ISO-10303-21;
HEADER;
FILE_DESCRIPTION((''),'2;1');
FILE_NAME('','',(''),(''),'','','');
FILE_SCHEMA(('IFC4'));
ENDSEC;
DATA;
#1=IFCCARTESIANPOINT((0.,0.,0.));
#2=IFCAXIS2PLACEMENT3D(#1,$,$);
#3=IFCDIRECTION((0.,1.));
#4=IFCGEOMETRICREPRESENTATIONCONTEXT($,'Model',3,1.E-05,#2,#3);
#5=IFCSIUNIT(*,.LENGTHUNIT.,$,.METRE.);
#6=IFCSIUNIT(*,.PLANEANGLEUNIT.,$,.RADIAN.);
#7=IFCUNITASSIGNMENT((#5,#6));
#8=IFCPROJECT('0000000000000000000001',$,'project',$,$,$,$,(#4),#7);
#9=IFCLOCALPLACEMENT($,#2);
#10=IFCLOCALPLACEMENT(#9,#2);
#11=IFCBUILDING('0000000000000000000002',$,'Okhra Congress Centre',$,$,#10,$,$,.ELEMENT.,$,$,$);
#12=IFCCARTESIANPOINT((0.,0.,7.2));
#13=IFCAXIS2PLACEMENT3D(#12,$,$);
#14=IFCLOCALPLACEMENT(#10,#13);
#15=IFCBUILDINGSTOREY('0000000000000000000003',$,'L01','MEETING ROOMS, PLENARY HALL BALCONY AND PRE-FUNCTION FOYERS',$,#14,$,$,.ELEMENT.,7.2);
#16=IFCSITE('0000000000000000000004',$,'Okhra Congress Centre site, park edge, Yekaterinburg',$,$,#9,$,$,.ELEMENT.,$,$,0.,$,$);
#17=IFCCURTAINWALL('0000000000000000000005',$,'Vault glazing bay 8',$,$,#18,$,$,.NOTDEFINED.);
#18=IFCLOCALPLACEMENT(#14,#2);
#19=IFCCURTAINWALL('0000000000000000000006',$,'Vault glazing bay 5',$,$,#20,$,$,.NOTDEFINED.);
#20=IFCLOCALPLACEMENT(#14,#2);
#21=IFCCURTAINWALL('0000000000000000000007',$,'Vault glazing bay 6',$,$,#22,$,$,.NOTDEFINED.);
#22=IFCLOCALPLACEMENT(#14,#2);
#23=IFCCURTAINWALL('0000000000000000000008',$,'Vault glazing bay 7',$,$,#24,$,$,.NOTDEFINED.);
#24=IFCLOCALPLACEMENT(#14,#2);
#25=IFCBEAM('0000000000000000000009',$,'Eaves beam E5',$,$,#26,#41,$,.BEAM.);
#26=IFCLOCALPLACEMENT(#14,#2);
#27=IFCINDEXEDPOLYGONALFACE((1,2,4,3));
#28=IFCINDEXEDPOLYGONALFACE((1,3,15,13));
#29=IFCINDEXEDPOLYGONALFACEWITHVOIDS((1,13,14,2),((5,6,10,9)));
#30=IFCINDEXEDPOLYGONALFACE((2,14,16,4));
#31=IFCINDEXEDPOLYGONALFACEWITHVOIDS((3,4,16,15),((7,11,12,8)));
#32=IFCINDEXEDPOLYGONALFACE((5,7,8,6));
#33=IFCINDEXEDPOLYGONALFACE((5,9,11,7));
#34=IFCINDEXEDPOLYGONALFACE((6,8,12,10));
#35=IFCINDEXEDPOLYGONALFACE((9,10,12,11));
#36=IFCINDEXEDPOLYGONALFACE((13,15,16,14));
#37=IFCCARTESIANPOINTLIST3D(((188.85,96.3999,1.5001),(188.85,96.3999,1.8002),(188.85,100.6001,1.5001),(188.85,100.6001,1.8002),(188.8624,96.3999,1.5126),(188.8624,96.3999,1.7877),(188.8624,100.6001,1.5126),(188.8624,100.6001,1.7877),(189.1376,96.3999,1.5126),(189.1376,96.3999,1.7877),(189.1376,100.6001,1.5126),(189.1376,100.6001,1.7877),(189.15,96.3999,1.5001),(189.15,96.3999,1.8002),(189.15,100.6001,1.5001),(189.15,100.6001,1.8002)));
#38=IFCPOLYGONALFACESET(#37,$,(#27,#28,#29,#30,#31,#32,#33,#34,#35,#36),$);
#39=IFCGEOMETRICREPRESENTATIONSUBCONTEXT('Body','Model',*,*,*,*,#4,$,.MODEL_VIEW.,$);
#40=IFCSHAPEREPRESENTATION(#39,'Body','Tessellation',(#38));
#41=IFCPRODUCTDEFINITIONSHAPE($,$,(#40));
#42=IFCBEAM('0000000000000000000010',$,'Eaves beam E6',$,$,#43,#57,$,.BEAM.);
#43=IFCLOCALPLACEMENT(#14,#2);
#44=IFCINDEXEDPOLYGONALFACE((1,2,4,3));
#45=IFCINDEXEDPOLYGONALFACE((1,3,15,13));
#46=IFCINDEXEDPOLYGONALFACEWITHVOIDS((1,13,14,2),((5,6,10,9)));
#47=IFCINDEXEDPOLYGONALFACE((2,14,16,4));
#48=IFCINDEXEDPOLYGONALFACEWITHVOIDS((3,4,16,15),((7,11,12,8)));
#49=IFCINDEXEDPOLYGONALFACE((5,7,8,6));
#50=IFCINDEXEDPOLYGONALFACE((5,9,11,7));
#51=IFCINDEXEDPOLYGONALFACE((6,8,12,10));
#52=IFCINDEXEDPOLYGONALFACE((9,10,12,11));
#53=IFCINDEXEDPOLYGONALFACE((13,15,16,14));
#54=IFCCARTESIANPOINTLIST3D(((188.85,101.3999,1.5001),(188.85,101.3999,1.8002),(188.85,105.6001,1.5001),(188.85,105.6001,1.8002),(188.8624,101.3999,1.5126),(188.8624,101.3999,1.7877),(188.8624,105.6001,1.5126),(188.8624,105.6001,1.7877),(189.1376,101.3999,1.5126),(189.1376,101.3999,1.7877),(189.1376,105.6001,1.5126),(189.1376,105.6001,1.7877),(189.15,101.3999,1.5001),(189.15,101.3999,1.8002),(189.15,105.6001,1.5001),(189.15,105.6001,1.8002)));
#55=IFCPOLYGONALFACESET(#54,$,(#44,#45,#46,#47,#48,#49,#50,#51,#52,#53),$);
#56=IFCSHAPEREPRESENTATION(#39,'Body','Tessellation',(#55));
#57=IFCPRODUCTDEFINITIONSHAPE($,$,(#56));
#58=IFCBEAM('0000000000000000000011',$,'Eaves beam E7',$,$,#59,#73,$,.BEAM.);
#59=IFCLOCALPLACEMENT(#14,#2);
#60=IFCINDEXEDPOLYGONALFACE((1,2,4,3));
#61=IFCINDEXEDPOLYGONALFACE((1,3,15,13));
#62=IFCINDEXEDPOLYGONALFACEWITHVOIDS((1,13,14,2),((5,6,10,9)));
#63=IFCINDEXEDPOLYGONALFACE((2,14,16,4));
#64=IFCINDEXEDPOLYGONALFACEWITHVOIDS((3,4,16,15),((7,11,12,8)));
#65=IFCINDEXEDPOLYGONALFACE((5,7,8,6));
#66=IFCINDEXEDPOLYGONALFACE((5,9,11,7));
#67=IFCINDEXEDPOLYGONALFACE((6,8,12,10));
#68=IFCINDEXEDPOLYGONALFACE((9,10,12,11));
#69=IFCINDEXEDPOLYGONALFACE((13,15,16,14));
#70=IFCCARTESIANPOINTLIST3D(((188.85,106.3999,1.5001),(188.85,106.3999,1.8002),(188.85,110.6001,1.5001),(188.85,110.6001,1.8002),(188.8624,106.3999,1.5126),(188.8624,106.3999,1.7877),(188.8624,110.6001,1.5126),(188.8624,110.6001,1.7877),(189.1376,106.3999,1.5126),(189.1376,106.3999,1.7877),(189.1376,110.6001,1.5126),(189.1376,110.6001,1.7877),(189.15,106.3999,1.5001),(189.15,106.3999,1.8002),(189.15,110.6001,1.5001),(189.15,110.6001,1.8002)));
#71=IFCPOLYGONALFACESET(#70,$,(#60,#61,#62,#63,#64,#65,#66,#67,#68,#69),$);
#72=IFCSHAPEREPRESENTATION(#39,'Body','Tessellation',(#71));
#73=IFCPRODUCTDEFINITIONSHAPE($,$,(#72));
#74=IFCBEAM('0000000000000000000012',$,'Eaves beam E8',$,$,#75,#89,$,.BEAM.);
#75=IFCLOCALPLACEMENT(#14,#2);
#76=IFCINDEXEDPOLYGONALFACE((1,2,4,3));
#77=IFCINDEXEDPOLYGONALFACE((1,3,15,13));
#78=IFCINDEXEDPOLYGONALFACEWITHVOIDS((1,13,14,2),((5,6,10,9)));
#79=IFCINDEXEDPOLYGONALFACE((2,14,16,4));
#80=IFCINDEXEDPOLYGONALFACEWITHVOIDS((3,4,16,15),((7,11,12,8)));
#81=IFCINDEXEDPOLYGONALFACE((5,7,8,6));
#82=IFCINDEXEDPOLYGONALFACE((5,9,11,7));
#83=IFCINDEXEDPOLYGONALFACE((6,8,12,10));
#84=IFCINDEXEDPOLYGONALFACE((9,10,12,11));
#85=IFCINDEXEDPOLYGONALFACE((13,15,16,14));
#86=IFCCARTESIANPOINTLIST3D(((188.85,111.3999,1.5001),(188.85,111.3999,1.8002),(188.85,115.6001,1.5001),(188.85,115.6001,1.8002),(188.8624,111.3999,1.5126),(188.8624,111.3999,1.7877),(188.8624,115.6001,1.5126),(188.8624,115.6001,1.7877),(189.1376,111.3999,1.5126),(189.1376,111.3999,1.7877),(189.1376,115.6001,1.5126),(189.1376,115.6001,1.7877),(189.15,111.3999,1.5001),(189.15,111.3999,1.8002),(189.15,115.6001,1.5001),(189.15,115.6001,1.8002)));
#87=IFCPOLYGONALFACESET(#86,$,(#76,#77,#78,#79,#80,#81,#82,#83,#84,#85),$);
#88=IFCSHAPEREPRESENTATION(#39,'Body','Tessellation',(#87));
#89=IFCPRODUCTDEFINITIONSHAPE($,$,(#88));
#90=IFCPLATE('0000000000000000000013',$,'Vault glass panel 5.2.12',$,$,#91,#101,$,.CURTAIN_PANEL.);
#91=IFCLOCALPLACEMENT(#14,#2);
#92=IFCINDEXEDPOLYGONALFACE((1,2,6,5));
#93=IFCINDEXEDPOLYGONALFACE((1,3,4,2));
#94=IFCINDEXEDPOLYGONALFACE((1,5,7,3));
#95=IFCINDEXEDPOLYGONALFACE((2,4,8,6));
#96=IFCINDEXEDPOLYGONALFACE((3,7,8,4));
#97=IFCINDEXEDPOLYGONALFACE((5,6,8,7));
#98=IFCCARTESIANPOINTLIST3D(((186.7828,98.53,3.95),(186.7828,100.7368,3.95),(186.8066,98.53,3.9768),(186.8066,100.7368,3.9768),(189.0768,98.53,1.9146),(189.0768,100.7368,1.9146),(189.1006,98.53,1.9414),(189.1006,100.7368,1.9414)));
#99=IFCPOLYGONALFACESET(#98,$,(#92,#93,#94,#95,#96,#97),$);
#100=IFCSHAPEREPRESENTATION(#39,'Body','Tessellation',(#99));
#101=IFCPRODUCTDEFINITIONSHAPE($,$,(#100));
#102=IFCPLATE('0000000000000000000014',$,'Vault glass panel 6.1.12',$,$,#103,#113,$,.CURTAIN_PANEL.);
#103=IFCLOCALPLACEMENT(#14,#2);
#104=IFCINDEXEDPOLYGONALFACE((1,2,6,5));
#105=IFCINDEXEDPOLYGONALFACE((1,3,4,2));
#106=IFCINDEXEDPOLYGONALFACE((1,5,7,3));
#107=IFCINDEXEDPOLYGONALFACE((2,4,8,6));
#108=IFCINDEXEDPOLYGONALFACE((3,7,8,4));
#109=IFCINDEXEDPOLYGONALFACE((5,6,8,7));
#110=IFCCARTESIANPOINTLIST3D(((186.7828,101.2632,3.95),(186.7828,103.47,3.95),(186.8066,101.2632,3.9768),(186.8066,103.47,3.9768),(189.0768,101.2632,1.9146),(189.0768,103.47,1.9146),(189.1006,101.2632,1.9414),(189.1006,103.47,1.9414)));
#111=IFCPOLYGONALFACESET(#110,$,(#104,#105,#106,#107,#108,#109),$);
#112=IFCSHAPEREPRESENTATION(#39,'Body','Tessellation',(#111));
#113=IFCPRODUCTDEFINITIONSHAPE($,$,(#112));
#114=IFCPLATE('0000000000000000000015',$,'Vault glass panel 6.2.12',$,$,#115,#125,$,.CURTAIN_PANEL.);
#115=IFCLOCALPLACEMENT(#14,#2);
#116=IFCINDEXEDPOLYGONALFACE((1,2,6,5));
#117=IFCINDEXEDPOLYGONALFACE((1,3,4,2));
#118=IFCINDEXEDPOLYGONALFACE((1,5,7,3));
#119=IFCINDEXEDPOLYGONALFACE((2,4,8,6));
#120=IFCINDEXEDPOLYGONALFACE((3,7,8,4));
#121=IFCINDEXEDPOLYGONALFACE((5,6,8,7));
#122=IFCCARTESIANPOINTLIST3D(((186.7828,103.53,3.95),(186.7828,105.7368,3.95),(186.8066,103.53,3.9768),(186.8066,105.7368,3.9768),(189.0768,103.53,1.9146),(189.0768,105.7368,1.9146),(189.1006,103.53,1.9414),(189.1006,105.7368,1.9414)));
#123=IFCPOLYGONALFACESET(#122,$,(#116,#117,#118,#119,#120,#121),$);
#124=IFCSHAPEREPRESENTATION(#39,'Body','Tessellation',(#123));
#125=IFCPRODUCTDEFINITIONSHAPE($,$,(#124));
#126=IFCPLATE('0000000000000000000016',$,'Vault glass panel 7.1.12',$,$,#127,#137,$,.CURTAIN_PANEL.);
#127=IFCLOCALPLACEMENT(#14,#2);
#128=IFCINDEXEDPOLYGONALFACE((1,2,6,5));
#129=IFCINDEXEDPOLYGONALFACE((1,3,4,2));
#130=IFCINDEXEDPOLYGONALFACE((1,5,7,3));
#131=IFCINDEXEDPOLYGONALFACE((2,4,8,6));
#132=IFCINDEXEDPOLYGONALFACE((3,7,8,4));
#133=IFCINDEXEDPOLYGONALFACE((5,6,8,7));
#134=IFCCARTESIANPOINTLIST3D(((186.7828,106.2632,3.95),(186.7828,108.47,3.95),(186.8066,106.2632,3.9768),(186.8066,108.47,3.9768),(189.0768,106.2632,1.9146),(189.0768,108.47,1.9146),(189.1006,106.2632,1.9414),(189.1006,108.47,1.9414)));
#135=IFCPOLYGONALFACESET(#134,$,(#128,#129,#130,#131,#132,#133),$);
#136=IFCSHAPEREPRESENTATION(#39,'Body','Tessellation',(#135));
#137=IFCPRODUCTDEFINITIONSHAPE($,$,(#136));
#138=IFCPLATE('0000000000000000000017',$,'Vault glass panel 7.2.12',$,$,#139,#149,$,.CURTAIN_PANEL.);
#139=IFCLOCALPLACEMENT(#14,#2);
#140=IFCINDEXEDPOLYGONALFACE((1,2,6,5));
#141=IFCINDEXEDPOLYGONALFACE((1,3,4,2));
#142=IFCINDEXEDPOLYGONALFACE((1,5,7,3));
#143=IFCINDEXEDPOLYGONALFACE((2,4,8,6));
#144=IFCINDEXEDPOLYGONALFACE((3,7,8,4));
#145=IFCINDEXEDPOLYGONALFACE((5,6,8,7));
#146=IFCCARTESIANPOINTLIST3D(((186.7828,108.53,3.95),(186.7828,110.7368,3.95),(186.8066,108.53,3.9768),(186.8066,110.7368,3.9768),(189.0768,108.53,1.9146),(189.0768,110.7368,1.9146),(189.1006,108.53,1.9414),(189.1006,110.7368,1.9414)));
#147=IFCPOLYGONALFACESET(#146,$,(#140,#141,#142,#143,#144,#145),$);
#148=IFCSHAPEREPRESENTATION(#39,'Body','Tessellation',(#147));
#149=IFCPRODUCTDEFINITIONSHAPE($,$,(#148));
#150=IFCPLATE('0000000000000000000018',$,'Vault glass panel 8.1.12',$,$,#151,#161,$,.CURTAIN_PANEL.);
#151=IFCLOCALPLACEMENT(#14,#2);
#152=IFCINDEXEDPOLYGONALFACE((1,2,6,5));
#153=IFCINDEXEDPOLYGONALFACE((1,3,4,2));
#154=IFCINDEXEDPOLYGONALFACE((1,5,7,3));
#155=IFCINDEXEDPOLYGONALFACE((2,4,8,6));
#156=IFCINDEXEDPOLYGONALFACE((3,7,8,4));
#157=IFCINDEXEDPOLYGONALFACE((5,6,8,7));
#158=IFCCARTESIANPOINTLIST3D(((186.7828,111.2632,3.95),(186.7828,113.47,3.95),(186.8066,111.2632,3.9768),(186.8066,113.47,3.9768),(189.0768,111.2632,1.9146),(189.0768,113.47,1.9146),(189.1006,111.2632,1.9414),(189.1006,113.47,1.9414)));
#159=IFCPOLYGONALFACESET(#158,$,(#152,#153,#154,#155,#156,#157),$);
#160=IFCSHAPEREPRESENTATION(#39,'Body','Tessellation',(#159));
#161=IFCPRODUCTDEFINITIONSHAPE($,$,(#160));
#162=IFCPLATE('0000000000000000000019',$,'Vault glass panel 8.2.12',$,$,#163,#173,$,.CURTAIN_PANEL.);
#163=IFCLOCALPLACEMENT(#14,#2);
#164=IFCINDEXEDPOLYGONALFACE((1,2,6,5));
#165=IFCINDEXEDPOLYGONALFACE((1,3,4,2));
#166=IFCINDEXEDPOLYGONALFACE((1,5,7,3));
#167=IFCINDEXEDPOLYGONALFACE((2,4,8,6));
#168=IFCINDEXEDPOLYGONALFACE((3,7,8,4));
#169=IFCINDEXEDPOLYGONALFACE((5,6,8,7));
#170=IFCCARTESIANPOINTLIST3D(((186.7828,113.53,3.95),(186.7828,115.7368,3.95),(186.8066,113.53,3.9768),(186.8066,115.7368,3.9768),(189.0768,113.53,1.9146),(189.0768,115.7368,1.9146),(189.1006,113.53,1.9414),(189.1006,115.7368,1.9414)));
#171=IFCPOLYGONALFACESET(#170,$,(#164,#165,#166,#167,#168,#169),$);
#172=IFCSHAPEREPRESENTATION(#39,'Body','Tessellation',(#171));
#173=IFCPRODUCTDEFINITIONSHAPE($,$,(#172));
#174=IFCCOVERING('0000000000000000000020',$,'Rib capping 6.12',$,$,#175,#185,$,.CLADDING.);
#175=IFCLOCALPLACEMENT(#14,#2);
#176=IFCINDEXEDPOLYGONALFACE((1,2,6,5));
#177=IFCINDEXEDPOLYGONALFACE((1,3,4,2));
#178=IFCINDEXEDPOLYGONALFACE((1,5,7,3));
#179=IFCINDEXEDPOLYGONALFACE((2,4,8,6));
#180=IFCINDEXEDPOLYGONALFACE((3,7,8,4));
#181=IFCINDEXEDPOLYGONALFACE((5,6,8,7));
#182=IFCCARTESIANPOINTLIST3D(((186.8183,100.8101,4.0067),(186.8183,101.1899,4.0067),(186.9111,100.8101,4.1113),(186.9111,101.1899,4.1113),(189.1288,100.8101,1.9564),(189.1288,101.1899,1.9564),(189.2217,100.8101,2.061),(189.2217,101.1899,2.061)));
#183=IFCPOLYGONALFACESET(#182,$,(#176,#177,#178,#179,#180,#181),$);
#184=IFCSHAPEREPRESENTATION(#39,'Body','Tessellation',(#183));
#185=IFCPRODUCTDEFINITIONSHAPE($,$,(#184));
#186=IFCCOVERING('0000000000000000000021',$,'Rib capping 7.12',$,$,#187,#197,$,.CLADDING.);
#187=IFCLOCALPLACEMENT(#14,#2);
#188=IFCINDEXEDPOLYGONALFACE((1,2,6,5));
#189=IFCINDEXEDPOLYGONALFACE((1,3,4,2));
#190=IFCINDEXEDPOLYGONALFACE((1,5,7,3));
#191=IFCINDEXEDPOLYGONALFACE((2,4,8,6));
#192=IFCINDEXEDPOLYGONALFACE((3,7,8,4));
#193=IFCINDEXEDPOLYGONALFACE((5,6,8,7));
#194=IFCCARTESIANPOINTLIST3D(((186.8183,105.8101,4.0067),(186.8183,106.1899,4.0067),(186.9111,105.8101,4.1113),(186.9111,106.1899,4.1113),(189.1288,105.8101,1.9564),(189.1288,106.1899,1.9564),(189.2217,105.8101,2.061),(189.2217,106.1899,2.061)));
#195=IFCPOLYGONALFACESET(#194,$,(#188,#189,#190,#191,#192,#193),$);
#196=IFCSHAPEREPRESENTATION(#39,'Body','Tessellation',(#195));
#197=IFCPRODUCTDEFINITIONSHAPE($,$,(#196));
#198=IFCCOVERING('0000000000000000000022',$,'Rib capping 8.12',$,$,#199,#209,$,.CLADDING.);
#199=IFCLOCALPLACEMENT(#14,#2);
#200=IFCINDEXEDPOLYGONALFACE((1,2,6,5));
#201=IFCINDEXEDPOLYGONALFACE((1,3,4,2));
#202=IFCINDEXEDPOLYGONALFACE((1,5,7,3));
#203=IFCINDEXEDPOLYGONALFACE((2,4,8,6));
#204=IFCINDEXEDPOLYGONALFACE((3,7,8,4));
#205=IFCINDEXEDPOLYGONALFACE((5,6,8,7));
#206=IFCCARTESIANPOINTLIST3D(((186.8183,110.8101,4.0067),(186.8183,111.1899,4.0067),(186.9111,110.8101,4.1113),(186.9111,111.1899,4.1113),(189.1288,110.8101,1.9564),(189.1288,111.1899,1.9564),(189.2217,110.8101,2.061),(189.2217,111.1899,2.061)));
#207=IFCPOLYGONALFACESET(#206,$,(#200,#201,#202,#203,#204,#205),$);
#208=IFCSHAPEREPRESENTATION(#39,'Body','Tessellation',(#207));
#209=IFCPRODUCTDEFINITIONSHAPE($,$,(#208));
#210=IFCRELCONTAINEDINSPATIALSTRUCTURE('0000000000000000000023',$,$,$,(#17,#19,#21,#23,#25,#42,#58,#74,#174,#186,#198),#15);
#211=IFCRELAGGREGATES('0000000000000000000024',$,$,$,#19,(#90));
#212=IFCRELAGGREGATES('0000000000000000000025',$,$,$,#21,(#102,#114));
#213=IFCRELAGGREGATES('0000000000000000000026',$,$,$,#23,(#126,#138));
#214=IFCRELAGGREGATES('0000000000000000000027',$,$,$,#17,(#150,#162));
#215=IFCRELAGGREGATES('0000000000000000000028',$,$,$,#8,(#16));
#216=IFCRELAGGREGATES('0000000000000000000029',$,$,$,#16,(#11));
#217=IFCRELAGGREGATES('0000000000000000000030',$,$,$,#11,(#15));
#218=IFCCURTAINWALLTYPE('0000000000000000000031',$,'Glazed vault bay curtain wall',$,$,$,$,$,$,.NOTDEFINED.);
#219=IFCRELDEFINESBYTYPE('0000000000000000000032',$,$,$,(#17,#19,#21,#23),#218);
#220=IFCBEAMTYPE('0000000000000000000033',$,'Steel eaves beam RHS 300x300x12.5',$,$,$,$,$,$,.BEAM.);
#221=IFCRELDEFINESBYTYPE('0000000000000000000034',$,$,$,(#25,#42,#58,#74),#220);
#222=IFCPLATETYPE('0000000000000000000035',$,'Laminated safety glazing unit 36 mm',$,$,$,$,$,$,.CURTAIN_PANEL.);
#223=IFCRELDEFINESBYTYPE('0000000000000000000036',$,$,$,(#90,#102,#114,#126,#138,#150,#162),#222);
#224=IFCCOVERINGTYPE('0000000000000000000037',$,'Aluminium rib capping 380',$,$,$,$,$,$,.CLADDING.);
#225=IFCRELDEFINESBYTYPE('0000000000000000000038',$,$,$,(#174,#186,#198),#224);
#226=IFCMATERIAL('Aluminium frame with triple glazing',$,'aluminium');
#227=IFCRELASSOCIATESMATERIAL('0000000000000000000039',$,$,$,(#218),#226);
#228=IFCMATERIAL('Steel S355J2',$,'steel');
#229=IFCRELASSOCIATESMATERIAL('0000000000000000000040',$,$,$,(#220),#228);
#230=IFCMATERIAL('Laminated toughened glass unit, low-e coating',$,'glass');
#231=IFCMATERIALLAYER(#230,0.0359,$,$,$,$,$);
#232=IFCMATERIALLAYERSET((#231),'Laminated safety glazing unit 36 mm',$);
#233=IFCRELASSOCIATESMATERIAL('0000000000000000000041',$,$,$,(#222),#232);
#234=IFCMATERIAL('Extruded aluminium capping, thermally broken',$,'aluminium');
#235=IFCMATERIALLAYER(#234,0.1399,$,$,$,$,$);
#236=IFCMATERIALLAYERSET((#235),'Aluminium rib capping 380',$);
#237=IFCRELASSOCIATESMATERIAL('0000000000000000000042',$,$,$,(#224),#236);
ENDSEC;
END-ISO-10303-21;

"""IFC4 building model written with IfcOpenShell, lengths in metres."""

from ifc_helpers import new_model, si_unit, direction, frame, origin, origin_2d, place, context, subcontext, project, spatial, polyline, hollow_rectangle, outline, extrude, material, layer, layer_set, material_profile, profile_set, type_object, element, aggregate, save


model = new_model("IFC4")

# Units and contexts
model_context = context("Model", 3, precision=1e-05, world=origin(), true_north=direction((0.0, 1.0)))
body_context = subcontext(model_context, "Body", "Model", "MODEL_VIEW")
ifc_project = project(units=[si_unit("LENGTHUNIT", "METRE"), si_unit("PLANEANGLEUNIT", "RADIAN")], contexts=[model_context])

# Site, building, storey
site_placement = place(None, origin())
site = spatial("IfcSite", under=ifc_project, at=site_placement, Name="Okhra Congress Centre site, park edge, Yekaterinburg", CompositionType="ELEMENT", RefElevation=0.0)
building_placement = place(site_placement, origin())
building = spatial("IfcBuilding", under=site, at=building_placement, Name="Okhra Congress Centre", CompositionType="ELEMENT")
storey_placement = place(building_placement, frame((0.0, 0.0, 7.2)))
storey = spatial("IfcBuildingStorey", under=building, at=storey_placement, Name="L01", Description="MEETING ROOMS, PLENARY HALL BALCONY AND PRE-FUNCTION FOYERS", CompositionType="ELEMENT", Elevation=7.2)

# Curtain walls
ifc_material_1 = material(Name="Aluminium frame with triple glazing", Category="aluminium")
curtain_wall_type = type_object("IfcCurtainWallType", Name="Glazed vault bay curtain wall", PredefinedType="NOTDEFINED", material=ifc_material_1)
curtain_wall_1_placement = place(storey_placement, origin())
curtain_wall_1 = element("IfcCurtainWall", 1, at=curtain_wall_1_placement, inside=storey, type_object=curtain_wall_type, Name="Vault glazing bay 8", PredefinedType="NOTDEFINED")
curtain_wall_2_placement = place(storey_placement, origin())
curtain_wall_2 = element("IfcCurtainWall", 2, at=curtain_wall_2_placement, inside=storey, type_object=curtain_wall_type, Name="Vault glazing bay 5", PredefinedType="NOTDEFINED")
curtain_wall_3_placement = place(storey_placement, origin())
curtain_wall_3 = element("IfcCurtainWall", 3, at=curtain_wall_3_placement, inside=storey, type_object=curtain_wall_type, Name="Vault glazing bay 6", PredefinedType="NOTDEFINED")
curtain_wall_4_placement = place(storey_placement, origin())
curtain_wall_4 = element("IfcCurtainWall", 4, at=curtain_wall_4_placement, inside=storey, type_object=curtain_wall_type, Name="Vault glazing bay 7", PredefinedType="NOTDEFINED")

# Beams
ifc_material_2 = material(Name="Steel S355J2", Category="steel")
ifc_material_profile_1 = material_profile(ifc_material_2, hollow_rectangle(XDim=0.3, YDim=0.3, WallThickness=0.0125, at=origin_2d()), Name="RHS 300x300x12.5")
ifc_profile_set_1 = profile_set([ifc_material_profile_1], Name="Steel S355J2")
beam_type = type_object("IfcBeamType", Name="Steel eaves beam RHS 300x300x12.5", PredefinedType="BEAM", material=ifc_profile_set_1)
for number, where, z_axis, x_axis, name in (
    (5, (189.0, 96.3999, 1.6501), (0.0, 1.0, 0.0), (-1.0, 0.0, 0.0), "Eaves beam E5"),
    (6, (189.0, 101.3999, 1.6501), (0.0, 1.0, 0.0), (-1.0, 0.0, 0.0), "Eaves beam E6"),
    (7, (189.0, 106.3999, 1.6501), (0.0, 1.0, 0.0), (-1.0, 0.0, 0.0), "Eaves beam E7"),
    (8, (189.0, 111.3999, 1.6501), (0.0, 1.0, 0.0), (-1.0, 0.0, 0.0), "Eaves beam E8"),
):
    element("IfcBeam", number, at=place(storey_placement, frame(where, z_axis=z_axis, x_axis=x_axis)), inside=storey, type_object=beam_type, Name=name, PredefinedType="BEAM", context=body_context, shape_type="SweptSolid", body=[
        extrude(hollow_rectangle(XDim=0.3, YDim=0.3, WallThickness=0.0125, at=origin_2d()), origin(), (0.0, 0.0, 1.0), 4.2002),
    ])

# Plates
ifc_material_3 = material(Name="Laminated toughened glass unit, low-e coating", Category="glass")
ifc_layer_1 = layer(ifc_material_3, 0.0359)
ifc_layer_set_1 = layer_set([ifc_layer_1], Name="Laminated safety glazing unit 36 mm")
plate_type = type_object("IfcPlateType", Name="Laminated safety glazing unit 36 mm", PredefinedType="CURTAIN_PANEL", material=ifc_layer_set_1)
plate_1_placement = place(storey_placement, frame((186.8066, 98.53, 3.9768), z_axis=(0.663697, 0.0, 0.748002), x_axis=(0.748002, 0.0, -0.663697)))
plate_1 = element("IfcPlate", 9, at=plate_1_placement, type_object=plate_type, Name="Vault glass panel 5.2.12", PredefinedType="CURTAIN_PANEL", context=body_context, shape_type="SweptSolid", body=[
    extrude(outline(polyline([(0.0, 0.0), (3.0668, 0.0), (3.0668, 2.2068), (0.0, 2.2068), (0.0, 0.0)])), origin(), (0.0, 0.0, -1.0), 0.0359),
])
aggregate(curtain_wall_2, [plate_1])
plate_2_placement = place(storey_placement, frame((186.8066, 101.2632, 3.9768), z_axis=(0.663697, 0.0, 0.748002), x_axis=(0.748002, 0.0, -0.663697)))
plate_2 = element("IfcPlate", 10, at=plate_2_placement, type_object=plate_type, Name="Vault glass panel 6.1.12", PredefinedType="CURTAIN_PANEL", context=body_context, shape_type="SweptSolid", body=[
    extrude(outline(polyline([(0.0, 0.0), (3.0668, 0.0), (3.0668, 2.2068), (0.0, 2.2068), (0.0, 0.0)])), origin(), (0.0, 0.0, -1.0), 0.0359),
])
plate_3_placement = place(storey_placement, frame((186.8066, 103.53, 3.9768), z_axis=(0.663697, 0.0, 0.748002), x_axis=(0.748002, 0.0, -0.663697)))
plate_3 = element("IfcPlate", 11, at=plate_3_placement, type_object=plate_type, Name="Vault glass panel 6.2.12", PredefinedType="CURTAIN_PANEL", context=body_context, shape_type="SweptSolid", body=[
    extrude(outline(polyline([(0.0, 0.0), (3.0668, 0.0), (3.0668, 2.2068), (0.0, 2.2068), (0.0, 0.0)])), origin(), (0.0, 0.0, -1.0), 0.0359),
])
aggregate(curtain_wall_3, [plate_2, plate_3])
plate_4_placement = place(storey_placement, frame((186.8066, 106.2632, 3.9768), z_axis=(0.663697, 0.0, 0.748002), x_axis=(0.748002, 0.0, -0.663697)))
plate_4 = element("IfcPlate", 12, at=plate_4_placement, type_object=plate_type, Name="Vault glass panel 7.1.12", PredefinedType="CURTAIN_PANEL", context=body_context, shape_type="SweptSolid", body=[
    extrude(outline(polyline([(0.0, 0.0), (3.0668, 0.0), (3.0668, 2.2068), (0.0, 2.2068), (0.0, 0.0)])), origin(), (0.0, 0.0, -1.0), 0.0359),
])
plate_5_placement = place(storey_placement, frame((186.8066, 108.53, 3.9768), z_axis=(0.663697, 0.0, 0.748002), x_axis=(0.748002, 0.0, -0.663697)))
plate_5 = element("IfcPlate", 13, at=plate_5_placement, type_object=plate_type, Name="Vault glass panel 7.2.12", PredefinedType="CURTAIN_PANEL", context=body_context, shape_type="SweptSolid", body=[
    extrude(outline(polyline([(0.0, 0.0), (3.0668, 0.0), (3.0668, 2.2068), (0.0, 2.2068), (0.0, 0.0)])), origin(), (0.0, 0.0, -1.0), 0.0359),
])
aggregate(curtain_wall_4, [plate_4, plate_5])
plate_6_placement = place(storey_placement, frame((186.8066, 111.2632, 3.9768), z_axis=(0.663697, 0.0, 0.748002), x_axis=(0.748002, 0.0, -0.663697)))
plate_6 = element("IfcPlate", 14, at=plate_6_placement, type_object=plate_type, Name="Vault glass panel 8.1.12", PredefinedType="CURTAIN_PANEL", context=body_context, shape_type="SweptSolid", body=[
    extrude(outline(polyline([(0.0, 0.0), (3.0668, 0.0), (3.0668, 2.2068), (0.0, 2.2068), (0.0, 0.0)])), origin(), (0.0, 0.0, -1.0), 0.0359),
])
plate_7_placement = place(storey_placement, frame((186.8066, 113.53, 3.9768), z_axis=(0.663697, 0.0, 0.748002), x_axis=(0.748002, 0.0, -0.663697)))
plate_7 = element("IfcPlate", 15, at=plate_7_placement, type_object=plate_type, Name="Vault glass panel 8.2.12", PredefinedType="CURTAIN_PANEL", context=body_context, shape_type="SweptSolid", body=[
    extrude(outline(polyline([(0.0, 0.0), (3.0668, 0.0), (3.0668, 2.2068), (0.0, 2.2068), (0.0, 0.0)])), origin(), (0.0, 0.0, -1.0), 0.0359),
])
aggregate(curtain_wall_1, [plate_6, plate_7])

# Coverings
ifc_material_4 = material(Name="Extruded aluminium capping, thermally broken", Category="aluminium")
ifc_layer_2 = layer(ifc_material_4, 0.1399)
ifc_layer_set_2 = layer_set([ifc_layer_2], Name="Aluminium rib capping 380")
covering_type = type_object("IfcCoveringType", Name="Aluminium rib capping 380", PredefinedType="CLADDING", material=ifc_layer_set_2)
for number, where, z_axis, x_axis, name in (
    (16, (186.9111, 100.8101, 4.1113), (0.663726, 0.0, 0.747976), (0.747976, 0.0, -0.663726), "Rib capping 6.12"),
    (17, (186.9111, 105.8101, 4.1113), (0.663726, 0.0, 0.747976), (0.747976, 0.0, -0.663726), "Rib capping 7.12"),
    (18, (186.9111, 110.8101, 4.1113), (0.663726, 0.0, 0.747976), (0.747976, 0.0, -0.663726), "Rib capping 8.12"),
):
    element("IfcCovering", number, at=place(storey_placement, frame(where, z_axis=z_axis, x_axis=x_axis)), inside=storey, type_object=covering_type, Name=name, PredefinedType="CLADDING", context=body_context, shape_type="SweptSolid", body=[
        extrude(outline(polyline([(0.0, 0.0), (3.0891, 0.0), (3.0891, 0.3799), (0.0, 0.3799), (0.0, 0.0)])), origin(), (0.0, 0.0, -1.0), 0.1399),
    ])

save(model, "model.ifc")
